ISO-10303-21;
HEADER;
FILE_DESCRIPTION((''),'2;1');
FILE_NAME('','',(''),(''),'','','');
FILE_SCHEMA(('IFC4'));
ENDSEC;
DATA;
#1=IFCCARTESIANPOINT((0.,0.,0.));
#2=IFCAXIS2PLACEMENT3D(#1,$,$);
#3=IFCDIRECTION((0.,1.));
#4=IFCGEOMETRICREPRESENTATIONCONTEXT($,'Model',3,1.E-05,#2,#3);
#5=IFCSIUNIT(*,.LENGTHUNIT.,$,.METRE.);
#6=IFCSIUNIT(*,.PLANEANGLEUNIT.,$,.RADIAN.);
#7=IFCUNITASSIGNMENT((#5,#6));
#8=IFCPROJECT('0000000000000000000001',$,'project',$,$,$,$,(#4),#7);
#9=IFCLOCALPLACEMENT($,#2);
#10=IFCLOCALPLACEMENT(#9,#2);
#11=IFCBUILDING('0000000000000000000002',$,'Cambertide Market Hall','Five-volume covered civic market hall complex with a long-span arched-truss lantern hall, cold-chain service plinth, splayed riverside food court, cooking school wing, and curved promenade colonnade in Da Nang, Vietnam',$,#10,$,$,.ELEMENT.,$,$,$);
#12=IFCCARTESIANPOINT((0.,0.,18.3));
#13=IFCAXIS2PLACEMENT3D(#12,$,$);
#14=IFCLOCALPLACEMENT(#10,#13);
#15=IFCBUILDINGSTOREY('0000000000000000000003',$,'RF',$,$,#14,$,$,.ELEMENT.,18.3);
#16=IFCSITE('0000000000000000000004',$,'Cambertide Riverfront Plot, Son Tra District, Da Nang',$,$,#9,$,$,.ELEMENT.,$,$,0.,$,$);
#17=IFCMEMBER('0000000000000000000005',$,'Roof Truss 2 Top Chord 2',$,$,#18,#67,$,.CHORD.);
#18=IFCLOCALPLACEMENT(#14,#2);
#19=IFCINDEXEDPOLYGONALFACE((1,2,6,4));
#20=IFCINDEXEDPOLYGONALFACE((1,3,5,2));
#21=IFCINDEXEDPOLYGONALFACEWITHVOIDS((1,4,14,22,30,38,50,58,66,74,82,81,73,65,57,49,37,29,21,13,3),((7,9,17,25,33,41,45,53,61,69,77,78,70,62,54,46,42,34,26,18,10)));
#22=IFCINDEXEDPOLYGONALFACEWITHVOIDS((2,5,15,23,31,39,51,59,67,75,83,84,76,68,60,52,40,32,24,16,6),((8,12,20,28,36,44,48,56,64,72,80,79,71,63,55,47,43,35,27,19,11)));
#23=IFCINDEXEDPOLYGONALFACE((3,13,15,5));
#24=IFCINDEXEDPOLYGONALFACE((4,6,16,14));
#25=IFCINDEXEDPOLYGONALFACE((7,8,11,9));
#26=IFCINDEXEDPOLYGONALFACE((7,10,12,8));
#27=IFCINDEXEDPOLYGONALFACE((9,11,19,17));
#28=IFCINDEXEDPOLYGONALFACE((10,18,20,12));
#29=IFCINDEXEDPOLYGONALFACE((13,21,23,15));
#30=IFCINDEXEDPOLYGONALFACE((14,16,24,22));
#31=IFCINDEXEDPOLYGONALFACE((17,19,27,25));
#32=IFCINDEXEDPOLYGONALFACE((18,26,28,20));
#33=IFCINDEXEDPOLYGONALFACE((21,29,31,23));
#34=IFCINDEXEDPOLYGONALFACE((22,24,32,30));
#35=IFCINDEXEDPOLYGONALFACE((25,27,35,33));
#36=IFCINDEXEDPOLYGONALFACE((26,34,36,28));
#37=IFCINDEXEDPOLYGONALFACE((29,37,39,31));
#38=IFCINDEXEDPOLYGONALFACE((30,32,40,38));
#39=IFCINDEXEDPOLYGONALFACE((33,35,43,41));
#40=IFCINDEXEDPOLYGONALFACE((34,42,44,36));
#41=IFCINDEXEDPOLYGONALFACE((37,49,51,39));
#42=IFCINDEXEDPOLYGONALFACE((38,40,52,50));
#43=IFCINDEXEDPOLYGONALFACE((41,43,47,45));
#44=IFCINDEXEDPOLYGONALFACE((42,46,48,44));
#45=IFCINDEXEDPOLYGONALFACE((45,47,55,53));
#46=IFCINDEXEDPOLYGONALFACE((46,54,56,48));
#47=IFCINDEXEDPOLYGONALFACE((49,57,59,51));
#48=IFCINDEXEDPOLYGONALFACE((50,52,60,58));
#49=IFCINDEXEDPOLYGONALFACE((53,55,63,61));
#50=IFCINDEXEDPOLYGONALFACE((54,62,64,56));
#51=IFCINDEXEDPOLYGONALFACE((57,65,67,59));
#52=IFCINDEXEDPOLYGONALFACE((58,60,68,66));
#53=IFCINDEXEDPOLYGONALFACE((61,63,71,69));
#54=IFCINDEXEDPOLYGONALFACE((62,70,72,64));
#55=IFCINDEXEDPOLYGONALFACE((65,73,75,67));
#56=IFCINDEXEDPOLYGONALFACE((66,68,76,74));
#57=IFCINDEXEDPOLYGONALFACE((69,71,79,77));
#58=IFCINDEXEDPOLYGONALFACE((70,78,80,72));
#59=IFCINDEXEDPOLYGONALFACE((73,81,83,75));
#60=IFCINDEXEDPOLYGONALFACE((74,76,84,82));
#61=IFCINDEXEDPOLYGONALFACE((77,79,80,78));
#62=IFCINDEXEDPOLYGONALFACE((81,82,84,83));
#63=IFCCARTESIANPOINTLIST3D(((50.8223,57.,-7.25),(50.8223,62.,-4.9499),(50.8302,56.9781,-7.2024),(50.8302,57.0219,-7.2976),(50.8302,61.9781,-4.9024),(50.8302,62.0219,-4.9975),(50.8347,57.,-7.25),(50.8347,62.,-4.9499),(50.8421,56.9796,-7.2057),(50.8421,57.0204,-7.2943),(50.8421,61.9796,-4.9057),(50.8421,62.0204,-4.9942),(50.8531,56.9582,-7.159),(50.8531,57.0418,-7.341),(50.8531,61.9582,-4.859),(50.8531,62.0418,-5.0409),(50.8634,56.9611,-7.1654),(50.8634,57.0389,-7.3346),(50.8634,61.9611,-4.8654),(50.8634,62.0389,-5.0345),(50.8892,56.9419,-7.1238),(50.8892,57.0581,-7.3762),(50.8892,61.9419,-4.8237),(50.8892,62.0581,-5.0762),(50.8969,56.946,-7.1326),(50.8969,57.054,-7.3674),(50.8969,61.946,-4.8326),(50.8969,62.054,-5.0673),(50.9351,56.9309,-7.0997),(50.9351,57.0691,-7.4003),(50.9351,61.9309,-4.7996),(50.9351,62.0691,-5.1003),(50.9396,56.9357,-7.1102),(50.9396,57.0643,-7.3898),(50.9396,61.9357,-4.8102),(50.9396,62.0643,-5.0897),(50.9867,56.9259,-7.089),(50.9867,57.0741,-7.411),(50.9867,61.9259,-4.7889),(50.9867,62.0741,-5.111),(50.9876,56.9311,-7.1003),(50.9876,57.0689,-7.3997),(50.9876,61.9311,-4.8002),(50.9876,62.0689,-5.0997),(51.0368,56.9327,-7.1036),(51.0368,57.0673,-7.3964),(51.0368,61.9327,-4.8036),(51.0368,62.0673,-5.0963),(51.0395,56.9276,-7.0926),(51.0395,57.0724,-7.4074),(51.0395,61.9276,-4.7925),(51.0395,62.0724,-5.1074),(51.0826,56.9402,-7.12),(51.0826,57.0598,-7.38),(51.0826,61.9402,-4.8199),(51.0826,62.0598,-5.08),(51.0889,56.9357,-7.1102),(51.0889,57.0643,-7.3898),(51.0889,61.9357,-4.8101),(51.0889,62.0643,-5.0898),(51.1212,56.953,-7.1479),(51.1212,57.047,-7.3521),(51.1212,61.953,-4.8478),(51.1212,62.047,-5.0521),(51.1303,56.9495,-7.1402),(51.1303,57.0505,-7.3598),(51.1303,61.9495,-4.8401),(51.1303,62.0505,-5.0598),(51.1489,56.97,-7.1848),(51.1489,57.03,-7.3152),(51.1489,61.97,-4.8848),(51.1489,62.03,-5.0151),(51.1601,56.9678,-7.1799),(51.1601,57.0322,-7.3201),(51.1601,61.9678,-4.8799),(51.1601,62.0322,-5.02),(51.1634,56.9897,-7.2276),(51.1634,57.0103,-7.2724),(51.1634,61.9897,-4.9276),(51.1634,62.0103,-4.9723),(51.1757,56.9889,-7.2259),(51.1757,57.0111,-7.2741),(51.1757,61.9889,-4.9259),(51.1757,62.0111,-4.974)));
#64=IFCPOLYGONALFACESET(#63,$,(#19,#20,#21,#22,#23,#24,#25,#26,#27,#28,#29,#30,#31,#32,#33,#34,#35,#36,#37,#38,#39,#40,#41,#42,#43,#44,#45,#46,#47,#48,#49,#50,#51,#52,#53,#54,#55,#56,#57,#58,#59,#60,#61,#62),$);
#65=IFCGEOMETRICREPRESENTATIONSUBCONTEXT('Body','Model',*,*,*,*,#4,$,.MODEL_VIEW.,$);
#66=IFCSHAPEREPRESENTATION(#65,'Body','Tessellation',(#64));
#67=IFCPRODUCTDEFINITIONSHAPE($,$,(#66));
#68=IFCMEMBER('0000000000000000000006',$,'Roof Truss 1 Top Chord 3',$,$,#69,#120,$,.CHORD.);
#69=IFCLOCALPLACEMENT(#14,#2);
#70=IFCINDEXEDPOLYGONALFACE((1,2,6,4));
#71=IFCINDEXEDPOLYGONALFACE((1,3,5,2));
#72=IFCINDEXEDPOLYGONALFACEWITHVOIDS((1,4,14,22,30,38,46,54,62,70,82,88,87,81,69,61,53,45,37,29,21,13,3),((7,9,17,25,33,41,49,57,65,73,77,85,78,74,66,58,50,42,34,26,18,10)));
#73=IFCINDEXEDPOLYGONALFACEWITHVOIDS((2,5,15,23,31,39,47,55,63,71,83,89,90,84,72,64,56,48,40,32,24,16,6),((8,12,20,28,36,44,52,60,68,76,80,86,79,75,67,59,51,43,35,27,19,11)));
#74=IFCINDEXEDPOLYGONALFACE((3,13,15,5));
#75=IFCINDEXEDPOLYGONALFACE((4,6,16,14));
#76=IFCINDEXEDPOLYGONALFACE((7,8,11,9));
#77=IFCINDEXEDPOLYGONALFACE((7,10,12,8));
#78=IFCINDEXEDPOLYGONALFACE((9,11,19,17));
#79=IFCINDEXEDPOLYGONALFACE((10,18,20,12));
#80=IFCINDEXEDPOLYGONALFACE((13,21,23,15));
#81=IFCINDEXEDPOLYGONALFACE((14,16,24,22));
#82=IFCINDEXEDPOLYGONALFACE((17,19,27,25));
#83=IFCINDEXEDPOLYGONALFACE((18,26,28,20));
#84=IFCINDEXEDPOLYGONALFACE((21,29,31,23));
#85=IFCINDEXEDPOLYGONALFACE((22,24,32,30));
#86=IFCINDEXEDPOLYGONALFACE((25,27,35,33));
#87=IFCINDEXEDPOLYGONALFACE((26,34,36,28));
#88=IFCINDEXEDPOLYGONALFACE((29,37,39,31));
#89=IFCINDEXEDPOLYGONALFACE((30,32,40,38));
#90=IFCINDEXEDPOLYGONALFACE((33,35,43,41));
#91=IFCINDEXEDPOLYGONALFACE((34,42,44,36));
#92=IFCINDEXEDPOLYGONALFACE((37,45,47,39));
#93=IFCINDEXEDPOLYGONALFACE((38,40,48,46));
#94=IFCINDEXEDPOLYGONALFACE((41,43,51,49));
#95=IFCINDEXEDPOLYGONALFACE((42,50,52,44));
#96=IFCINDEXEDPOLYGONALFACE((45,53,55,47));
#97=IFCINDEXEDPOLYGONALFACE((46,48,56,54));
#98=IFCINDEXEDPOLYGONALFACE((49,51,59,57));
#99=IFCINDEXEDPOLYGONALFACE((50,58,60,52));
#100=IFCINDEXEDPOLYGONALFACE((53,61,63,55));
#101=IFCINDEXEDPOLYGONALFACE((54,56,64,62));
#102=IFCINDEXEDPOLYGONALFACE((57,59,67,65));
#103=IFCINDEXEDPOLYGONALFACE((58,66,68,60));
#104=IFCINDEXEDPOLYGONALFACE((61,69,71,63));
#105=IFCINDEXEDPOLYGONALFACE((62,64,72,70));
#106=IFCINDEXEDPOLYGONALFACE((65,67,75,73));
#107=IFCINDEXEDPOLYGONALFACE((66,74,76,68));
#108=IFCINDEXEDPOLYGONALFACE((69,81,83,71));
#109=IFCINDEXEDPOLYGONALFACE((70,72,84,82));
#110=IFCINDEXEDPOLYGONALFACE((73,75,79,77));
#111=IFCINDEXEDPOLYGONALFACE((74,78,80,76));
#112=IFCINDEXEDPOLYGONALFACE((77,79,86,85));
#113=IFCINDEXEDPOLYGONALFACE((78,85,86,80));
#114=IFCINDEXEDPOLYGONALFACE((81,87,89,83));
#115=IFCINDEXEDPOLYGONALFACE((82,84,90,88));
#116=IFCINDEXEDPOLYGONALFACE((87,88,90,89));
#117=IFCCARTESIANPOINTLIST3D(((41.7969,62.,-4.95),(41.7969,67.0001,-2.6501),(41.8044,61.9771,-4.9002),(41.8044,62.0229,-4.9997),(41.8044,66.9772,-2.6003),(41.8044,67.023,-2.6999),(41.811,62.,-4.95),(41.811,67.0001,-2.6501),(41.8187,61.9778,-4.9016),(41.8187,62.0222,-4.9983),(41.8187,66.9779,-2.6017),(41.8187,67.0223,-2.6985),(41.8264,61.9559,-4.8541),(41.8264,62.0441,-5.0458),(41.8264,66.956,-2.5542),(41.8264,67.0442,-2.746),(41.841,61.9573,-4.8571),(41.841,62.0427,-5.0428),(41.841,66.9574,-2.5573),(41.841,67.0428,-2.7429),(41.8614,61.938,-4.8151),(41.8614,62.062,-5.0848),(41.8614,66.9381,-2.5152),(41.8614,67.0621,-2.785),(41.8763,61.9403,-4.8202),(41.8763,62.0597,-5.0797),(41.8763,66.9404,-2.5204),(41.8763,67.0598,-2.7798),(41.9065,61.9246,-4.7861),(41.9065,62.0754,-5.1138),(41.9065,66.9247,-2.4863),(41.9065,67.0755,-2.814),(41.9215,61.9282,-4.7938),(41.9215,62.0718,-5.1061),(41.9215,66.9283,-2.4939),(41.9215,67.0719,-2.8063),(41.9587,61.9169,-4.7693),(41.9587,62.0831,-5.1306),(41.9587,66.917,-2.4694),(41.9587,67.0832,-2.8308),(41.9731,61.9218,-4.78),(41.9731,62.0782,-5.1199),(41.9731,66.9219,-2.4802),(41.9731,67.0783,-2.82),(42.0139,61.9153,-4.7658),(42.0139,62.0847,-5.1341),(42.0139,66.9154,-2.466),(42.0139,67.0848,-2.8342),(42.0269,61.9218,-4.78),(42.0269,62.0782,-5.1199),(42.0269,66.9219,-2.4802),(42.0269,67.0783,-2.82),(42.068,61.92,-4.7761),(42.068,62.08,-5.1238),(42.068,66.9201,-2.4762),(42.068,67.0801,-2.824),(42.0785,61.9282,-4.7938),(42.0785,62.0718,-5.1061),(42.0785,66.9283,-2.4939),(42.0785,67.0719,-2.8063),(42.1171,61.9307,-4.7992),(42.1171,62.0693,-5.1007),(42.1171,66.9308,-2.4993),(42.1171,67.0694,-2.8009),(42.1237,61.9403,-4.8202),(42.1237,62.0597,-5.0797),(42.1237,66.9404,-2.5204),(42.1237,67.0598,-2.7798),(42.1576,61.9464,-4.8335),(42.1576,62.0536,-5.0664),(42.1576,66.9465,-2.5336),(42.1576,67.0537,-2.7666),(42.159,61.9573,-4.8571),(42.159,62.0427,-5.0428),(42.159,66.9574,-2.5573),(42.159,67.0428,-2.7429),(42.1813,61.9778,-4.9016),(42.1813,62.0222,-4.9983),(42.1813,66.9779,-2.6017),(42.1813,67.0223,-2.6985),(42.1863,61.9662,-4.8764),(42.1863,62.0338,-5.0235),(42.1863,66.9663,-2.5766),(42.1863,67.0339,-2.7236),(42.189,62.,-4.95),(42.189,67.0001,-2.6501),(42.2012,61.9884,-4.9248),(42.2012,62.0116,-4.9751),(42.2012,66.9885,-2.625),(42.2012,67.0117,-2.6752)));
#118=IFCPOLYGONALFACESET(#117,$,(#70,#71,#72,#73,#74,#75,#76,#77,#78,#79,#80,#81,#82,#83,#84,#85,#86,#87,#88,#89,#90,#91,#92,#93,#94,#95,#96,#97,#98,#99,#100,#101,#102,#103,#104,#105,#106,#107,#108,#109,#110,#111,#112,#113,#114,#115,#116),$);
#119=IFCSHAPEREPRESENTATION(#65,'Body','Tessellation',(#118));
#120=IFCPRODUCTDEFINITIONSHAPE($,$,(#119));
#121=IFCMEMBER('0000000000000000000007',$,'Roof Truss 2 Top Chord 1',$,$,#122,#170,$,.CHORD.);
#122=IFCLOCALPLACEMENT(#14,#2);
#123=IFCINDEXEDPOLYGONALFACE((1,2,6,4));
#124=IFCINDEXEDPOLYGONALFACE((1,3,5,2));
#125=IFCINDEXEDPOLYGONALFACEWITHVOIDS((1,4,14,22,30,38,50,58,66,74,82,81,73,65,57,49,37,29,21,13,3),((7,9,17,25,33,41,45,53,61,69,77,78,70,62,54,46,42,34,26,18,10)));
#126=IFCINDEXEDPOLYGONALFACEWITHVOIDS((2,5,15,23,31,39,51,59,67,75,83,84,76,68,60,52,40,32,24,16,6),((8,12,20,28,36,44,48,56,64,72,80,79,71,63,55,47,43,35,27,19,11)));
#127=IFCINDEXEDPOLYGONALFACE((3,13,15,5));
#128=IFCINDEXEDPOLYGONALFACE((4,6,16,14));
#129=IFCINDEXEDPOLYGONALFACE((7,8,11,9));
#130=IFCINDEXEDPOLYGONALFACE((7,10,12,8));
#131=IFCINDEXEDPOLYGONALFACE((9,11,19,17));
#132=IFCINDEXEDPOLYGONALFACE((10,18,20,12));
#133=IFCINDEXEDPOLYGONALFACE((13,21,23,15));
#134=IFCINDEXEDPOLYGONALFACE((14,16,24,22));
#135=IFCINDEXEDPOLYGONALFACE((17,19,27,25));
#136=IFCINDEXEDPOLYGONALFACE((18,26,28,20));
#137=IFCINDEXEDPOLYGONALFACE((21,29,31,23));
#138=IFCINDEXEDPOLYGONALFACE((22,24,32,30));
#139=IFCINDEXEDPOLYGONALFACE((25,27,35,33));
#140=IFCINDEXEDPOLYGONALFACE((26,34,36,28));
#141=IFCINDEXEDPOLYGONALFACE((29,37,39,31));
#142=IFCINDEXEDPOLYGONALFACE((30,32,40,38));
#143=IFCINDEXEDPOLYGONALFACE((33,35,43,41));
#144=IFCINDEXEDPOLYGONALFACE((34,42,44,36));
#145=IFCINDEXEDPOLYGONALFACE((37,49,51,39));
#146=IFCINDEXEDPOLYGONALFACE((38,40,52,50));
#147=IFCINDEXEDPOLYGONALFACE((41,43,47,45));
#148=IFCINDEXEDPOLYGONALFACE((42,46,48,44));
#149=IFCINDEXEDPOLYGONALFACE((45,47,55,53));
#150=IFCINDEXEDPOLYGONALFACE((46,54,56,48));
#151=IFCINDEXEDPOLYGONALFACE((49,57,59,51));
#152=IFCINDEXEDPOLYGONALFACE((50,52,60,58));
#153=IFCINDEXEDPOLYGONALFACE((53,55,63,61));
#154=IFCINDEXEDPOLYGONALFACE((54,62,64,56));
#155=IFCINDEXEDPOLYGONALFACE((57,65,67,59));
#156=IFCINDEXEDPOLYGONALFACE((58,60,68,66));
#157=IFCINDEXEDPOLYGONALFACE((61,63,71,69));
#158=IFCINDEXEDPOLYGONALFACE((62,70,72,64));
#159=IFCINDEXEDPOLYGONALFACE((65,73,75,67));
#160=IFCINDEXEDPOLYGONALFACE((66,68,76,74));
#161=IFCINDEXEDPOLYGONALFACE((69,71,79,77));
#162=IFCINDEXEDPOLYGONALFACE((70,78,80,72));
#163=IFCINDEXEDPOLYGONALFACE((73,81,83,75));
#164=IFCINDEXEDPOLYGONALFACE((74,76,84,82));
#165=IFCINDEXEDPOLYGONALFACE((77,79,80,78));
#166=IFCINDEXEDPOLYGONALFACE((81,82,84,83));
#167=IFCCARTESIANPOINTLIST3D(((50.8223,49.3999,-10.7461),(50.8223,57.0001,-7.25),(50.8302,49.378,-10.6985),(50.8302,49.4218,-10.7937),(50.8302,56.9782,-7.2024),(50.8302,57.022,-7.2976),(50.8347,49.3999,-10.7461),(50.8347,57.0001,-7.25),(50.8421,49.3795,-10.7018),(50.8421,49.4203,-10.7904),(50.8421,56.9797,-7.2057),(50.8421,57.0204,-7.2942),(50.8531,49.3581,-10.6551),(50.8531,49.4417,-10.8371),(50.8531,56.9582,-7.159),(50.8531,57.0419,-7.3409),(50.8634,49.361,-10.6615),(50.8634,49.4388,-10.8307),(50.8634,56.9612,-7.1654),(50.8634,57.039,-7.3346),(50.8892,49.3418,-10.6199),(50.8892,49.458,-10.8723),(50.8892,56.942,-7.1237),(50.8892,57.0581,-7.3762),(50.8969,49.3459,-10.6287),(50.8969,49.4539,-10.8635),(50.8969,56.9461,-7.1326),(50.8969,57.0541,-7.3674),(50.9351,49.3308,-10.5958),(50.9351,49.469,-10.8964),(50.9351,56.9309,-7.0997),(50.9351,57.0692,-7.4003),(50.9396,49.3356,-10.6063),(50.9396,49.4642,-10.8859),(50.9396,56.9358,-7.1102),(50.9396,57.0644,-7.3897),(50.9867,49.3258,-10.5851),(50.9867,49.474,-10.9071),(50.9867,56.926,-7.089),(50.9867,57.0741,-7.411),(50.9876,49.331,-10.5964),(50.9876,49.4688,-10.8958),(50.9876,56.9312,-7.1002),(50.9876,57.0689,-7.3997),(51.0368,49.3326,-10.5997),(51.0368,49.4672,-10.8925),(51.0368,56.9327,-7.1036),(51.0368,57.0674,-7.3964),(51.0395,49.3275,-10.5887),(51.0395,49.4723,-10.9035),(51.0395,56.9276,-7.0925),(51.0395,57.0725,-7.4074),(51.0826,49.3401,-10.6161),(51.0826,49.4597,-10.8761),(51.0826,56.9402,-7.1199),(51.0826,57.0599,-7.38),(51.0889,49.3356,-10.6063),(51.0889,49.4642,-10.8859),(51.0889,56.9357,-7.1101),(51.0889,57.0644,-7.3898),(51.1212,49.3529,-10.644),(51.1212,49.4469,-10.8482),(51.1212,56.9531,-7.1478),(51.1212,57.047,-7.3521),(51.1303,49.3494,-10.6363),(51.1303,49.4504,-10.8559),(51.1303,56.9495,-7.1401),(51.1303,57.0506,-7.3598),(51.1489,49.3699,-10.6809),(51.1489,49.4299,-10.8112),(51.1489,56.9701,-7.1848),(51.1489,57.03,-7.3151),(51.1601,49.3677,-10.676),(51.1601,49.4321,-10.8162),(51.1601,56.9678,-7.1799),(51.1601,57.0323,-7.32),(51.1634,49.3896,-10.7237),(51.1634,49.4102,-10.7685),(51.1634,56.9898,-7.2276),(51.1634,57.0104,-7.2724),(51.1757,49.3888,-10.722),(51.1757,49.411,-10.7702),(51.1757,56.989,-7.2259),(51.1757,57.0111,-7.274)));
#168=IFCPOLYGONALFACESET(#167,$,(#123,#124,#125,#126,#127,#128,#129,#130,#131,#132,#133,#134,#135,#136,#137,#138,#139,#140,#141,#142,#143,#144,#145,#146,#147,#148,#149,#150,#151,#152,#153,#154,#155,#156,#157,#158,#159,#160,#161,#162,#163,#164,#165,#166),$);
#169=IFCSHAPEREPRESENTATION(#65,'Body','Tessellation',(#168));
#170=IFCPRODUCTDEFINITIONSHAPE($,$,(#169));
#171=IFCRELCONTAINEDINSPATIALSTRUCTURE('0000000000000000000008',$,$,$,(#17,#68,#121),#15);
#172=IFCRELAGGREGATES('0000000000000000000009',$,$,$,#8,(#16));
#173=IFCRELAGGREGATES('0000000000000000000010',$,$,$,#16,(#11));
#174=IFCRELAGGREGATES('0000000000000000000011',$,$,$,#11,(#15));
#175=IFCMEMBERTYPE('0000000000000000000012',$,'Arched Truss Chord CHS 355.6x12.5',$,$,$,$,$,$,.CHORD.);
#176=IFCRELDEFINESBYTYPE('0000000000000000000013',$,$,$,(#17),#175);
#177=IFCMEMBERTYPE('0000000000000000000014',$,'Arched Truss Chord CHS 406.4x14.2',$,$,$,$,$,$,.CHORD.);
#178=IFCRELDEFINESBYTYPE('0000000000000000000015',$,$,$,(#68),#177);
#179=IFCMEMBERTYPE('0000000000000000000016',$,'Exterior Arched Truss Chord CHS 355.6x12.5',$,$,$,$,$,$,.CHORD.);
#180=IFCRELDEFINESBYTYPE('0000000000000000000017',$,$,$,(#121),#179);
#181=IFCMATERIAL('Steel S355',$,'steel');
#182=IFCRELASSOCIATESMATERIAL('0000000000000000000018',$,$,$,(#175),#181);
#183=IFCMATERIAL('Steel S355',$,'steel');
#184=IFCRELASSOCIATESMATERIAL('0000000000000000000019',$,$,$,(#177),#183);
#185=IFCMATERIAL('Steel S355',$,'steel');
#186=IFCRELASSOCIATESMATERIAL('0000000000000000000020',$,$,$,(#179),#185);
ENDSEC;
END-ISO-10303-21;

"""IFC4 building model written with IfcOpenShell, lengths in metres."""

from ifc_helpers import new_model, si_unit, direction, frame, origin, origin_2d, place, context, subcontext, project, spatial, hollow_circle, extrude, material, material_profile, profile_set, type_object, element, save


model = new_model("IFC4")

# Units and contexts
model_context = context("Model", 3, precision=1e-05, world=origin(), true_north=direction((0.0, 1.0)))
body_context = subcontext(model_context, "Body", "Model", "MODEL_VIEW")
ifc_project = project(units=[si_unit("LENGTHUNIT", "METRE"), si_unit("PLANEANGLEUNIT", "RADIAN")], contexts=[model_context])

# Site, building, storey
site_placement = place(None, origin())
site = spatial("IfcSite", under=ifc_project, at=site_placement, Name="Cambertide Riverfront Plot, Son Tra District, Da Nang", CompositionType="ELEMENT", RefElevation=0.0)
building_placement = place(site_placement, origin())
building = spatial("IfcBuilding", under=site, at=building_placement, Name="Cambertide Market Hall", Description="Five-volume covered civic market hall complex with a long-span arched-truss lantern hall, cold-chain service plinth, splayed riverside food court, cooking school wing, and curved promenade colonnade in Da Nang, Vietnam", CompositionType="ELEMENT")
storey_placement = place(building_placement, frame((0.0, 0.0, 18.3)))
storey = spatial("IfcBuildingStorey", under=building, at=storey_placement, Name="RF", CompositionType="ELEMENT", Elevation=18.3)

# Members
ifc_material_1 = material(Name="Steel S355", Category="steel")
ifc_material_profile_1 = material_profile(ifc_material_1, hollow_circle(Radius=0.1777, WallThickness=0.0125, at=origin_2d()), Name="CHS 355.6x12.5")
ifc_profile_set_1 = profile_set([ifc_material_profile_1], Name="Steel S355")
member_type_1 = type_object("IfcMemberType", Name="Arched Truss Chord CHS 355.6x12.5", PredefinedType="CHORD", material=ifc_profile_set_1)
member_1_placement = place(storey_placement, frame((51.0, 57.0, -7.25), z_axis=(0.0, 0.908487, 0.417913), x_axis=(-1.0, 0.0, 0.0)))
element("IfcMember", 1, at=member_1_placement, inside=storey, type_object=member_type_1, Name="Roof Truss 2 Top Chord 2", PredefinedType="CHORD", context=body_context, shape_type="SweptSolid", body=[
    extrude(hollow_circle(Radius=0.1777, WallThickness=0.0125, at=origin_2d()), origin(), (0.0, 0.0, 1.0), 5.5037),
])
ifc_material_2 = material(Name="Steel S355", Category="steel")
ifc_material_profile_2 = material_profile(ifc_material_2, hollow_circle(Radius=0.2031, WallThickness=0.0142, at=origin_2d()), Name="CHS 406.4x14.2")
ifc_profile_set_2 = profile_set([ifc_material_profile_2], Name="Steel S355")
member_type_2 = type_object("IfcMemberType", Name="Arched Truss Chord CHS 406.4x14.2", PredefinedType="CHORD", material=ifc_profile_set_2)
member_2_placement = place(storey_placement, frame((42.0, 62.0, -4.95), z_axis=(0.0, 0.908504, 0.417876), x_axis=(-1.0, 0.0, 0.0)))
element("IfcMember", 2, at=member_2_placement, inside=storey, type_object=member_type_2, Name="Roof Truss 1 Top Chord 3", PredefinedType="CHORD", context=body_context, shape_type="SweptSolid", body=[
    extrude(hollow_circle(Radius=0.2031, WallThickness=0.0142, at=origin_2d()), origin(), (0.0, 0.0, 1.0), 5.5037),
])
ifc_material_3 = material(Name="Steel S355", Category="steel")
ifc_material_profile_3 = material_profile(ifc_material_3, hollow_circle(Radius=0.1777, WallThickness=0.0125, at=origin_2d()), Name="CHS 355.6x12.5")
ifc_profile_set_3 = profile_set([ifc_material_profile_3], Name="Steel S355")
member_type_3 = type_object("IfcMemberType", Name="Exterior Arched Truss Chord CHS 355.6x12.5", PredefinedType="CHORD", material=ifc_profile_set_3)
member_3_placement = place(storey_placement, frame((51.0, 49.3999, -10.7461), z_axis=(0.0, 0.908488, 0.41791), x_axis=(-1.0, 0.0, 0.0)))
element("IfcMember", 3, at=member_3_placement, inside=storey, type_object=member_type_3, Name="Roof Truss 2 Top Chord 1", PredefinedType="CHORD", context=body_context, shape_type="SweptSolid", body=[
    extrude(hollow_circle(Radius=0.1777, WallThickness=0.0125, at=origin_2d()), origin(), (0.0, 0.0, 1.0), 8.3657),
])

save(model, "model.ifc")
